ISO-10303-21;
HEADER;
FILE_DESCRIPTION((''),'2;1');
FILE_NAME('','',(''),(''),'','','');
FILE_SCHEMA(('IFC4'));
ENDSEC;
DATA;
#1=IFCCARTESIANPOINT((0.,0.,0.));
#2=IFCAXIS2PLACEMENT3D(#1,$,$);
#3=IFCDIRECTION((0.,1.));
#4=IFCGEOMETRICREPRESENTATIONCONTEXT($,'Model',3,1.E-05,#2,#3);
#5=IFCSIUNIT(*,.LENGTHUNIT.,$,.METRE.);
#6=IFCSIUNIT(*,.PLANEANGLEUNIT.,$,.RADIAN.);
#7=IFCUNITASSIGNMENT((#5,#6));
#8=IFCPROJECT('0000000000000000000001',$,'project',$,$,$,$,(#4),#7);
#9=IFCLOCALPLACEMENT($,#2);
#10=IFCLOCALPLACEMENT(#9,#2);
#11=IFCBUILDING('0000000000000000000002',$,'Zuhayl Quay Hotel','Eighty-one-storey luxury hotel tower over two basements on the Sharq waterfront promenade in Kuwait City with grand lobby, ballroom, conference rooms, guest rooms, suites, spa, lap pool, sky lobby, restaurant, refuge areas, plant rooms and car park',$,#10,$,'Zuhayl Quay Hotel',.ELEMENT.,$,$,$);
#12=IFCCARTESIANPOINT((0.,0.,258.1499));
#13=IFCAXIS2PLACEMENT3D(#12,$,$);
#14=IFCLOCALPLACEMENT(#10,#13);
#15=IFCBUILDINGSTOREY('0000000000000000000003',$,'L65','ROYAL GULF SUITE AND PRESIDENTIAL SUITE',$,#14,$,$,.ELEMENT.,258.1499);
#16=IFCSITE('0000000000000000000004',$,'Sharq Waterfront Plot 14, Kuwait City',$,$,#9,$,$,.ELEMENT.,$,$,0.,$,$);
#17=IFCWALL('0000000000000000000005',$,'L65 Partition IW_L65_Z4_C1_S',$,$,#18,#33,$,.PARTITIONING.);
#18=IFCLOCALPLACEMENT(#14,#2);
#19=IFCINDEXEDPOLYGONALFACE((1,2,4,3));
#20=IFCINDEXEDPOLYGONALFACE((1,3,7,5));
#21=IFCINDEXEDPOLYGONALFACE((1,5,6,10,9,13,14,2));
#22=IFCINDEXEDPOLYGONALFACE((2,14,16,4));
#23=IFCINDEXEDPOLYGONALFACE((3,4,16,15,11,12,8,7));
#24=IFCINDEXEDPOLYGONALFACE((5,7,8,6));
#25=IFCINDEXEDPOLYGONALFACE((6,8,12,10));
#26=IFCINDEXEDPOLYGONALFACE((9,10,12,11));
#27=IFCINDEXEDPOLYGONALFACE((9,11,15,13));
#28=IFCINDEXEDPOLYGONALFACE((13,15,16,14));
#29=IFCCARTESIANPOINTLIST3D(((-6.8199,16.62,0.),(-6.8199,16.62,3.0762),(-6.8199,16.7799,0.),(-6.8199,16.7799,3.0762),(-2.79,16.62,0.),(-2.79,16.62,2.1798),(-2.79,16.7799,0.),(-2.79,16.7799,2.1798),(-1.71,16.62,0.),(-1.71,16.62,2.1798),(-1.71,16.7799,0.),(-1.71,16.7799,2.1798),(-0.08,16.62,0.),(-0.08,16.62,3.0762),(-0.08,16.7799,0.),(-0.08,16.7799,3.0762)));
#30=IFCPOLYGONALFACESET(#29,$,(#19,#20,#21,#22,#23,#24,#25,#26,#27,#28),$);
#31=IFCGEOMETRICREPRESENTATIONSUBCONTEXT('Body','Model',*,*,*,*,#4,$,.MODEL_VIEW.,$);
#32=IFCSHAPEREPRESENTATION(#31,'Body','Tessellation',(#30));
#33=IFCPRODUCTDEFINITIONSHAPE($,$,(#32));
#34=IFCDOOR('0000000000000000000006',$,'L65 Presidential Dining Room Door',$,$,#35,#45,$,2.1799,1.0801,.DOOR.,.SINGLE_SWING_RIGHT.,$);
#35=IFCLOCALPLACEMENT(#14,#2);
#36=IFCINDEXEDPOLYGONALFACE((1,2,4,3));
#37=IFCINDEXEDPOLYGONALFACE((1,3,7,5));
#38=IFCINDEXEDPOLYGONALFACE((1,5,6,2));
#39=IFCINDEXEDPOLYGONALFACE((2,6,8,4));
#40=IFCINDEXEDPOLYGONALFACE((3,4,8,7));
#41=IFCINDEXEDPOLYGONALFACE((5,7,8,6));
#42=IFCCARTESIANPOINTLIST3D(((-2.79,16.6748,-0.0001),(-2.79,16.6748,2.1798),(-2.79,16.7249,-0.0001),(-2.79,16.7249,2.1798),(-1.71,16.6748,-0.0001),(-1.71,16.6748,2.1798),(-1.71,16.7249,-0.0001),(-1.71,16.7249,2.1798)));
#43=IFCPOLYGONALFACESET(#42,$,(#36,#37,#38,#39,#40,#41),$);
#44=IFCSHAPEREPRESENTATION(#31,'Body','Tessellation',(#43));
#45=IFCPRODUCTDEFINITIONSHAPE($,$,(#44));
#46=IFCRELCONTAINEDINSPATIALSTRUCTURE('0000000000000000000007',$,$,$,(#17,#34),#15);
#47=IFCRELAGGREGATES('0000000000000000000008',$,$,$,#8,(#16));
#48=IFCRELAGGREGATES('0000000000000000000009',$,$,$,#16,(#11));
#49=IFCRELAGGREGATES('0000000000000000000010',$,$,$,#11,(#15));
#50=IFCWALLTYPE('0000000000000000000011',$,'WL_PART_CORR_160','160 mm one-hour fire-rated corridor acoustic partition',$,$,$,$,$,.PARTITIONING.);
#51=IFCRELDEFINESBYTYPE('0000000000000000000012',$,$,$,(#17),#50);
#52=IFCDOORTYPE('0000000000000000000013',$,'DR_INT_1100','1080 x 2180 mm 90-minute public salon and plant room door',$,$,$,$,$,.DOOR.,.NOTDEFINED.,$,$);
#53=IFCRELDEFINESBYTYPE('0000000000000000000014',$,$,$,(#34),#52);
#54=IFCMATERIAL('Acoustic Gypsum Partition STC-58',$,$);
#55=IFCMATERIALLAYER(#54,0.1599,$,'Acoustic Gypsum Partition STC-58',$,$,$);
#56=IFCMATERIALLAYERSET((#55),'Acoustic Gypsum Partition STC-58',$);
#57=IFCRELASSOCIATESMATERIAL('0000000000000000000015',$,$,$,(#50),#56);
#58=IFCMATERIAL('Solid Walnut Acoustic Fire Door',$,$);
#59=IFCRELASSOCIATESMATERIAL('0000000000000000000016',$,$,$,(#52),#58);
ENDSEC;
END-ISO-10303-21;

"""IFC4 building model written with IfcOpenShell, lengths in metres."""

from ifc_helpers import new_model, si_unit, direction, frame, frame_2d, origin, place, context, subcontext, project, spatial, rectangle, extrude, material, layer, layer_set, type_object, element, fill, save


model = new_model("IFC4")

# Units and contexts
model_context = context("Model", 3, precision=1e-05, world=origin(), true_north=direction((0.0, 1.0)))
body_context = subcontext(model_context, "Body", "Model", "MODEL_VIEW")
ifc_project = project(units=[si_unit("LENGTHUNIT", "METRE"), si_unit("PLANEANGLEUNIT", "RADIAN")], contexts=[model_context])

# Site, building, storey
site_placement = place(None, origin())
site = spatial("IfcSite", under=ifc_project, at=site_placement, Name="Sharq Waterfront Plot 14, Kuwait City", CompositionType="ELEMENT", RefElevation=0.0)
building_placement = place(site_placement, origin())
building = spatial("IfcBuilding", under=site, at=building_placement, Name="Zuhayl Quay Hotel", Description="Eighty-one-storey luxury hotel tower over two basements on the Sharq waterfront promenade in Kuwait City with grand lobby, ballroom, conference rooms, guest rooms, suites, spa, lap pool, sky lobby, restaurant, refuge areas, plant rooms and car park", LongName="Zuhayl Quay Hotel", CompositionType="ELEMENT")
storey_placement = place(building_placement, frame((0.0, 0.0, 258.1499)))
storey = spatial("IfcBuildingStorey", under=building, at=storey_placement, Name="L65", Description="ROYAL GULF SUITE AND PRESIDENTIAL SUITE", CompositionType="ELEMENT", Elevation=258.1499)

# Shared definitions
ifc_material_1 = material(Name="Acoustic Gypsum Partition STC-58")

# Wall, opening, door
ifc_layer_1 = layer(ifc_material_1, 0.1599, Name="Acoustic Gypsum Partition STC-58")
ifc_layer_set_1 = layer_set([ifc_layer_1], Name="Acoustic Gypsum Partition STC-58")
wall_type_1 = type_object("IfcWallType", Name="WL_PART_CORR_160", Description="160 mm one-hour fire-rated corridor acoustic partition", PredefinedType="PARTITIONING", material=ifc_layer_set_1)
ifc_material_2 = material(Name="Solid Walnut Acoustic Fire Door")
wall_1_placement = place(storey_placement, frame((-6.8201, 16.7, 0.0), z_axis=(0.0, 0.0, 1.0), x_axis=(1.0, 0.0, 0.0)))
wall_1 = element("IfcWall", 1, at=wall_1_placement, inside=storey, type_object=wall_type_1, Name="L65 Partition IW_L65_Z4_C1_S", PredefinedType="PARTITIONING", context=body_context, shape_type="SweptSolid", body=[
    extrude(rectangle(XDim=6.74, YDim=0.1599, at=frame_2d((3.3701, 0.0))), origin(), (0.0, 0.0, 1.0), 3.0762),
])
opening_1_placement = place(wall_1_placement, frame((4.03, 0.0, 0.0)))
opening_1 = element("IfcOpeningElement", 2, at=opening_1_placement, cuts=wall_1, PredefinedType="OPENING", context=body_context, shape_type="SweptSolid", body=[
    extrude(rectangle(XDim=1.0801, YDim=2.1799, at=frame_2d((0.54, 1.0898))), frame((0.0, 0.0898, 0.0), z_axis=(0.0, -1.0, 0.0), x_axis=(1.0, 0.0, 0.0)), (0.0, 0.0, 1.0), 0.1799),
])
door_type_1 = type_object("IfcDoorType", Name="DR_INT_1100", Description="1080 x 2180 mm 90-minute public salon and plant room door", OperationType="NOTDEFINED", PredefinedType="DOOR", material=ifc_material_2)
door_1_placement = place(opening_1_placement, origin())
door_1 = element("IfcDoor", 3, at=door_1_placement, inside=storey, type_object=door_type_1, Name="L65 Presidential Dining Room Door", OperationType="SINGLE_SWING_RIGHT", OverallHeight=2.1799, OverallWidth=1.0801, PredefinedType="DOOR", context=body_context, shape_type="SweptSolid", body=[
    extrude(rectangle(XDim=1.0801, YDim=2.1799, at=frame_2d((0.54, 1.0898))), frame((0.0, 0.0249, 0.0), z_axis=(0.0, -1.0, 0.0), x_axis=(1.0, 0.0, 0.0)), (0.0, 0.0, 1.0), 0.05),
])
fill(opening_1, door_1)

save(model, "model.ifc")
